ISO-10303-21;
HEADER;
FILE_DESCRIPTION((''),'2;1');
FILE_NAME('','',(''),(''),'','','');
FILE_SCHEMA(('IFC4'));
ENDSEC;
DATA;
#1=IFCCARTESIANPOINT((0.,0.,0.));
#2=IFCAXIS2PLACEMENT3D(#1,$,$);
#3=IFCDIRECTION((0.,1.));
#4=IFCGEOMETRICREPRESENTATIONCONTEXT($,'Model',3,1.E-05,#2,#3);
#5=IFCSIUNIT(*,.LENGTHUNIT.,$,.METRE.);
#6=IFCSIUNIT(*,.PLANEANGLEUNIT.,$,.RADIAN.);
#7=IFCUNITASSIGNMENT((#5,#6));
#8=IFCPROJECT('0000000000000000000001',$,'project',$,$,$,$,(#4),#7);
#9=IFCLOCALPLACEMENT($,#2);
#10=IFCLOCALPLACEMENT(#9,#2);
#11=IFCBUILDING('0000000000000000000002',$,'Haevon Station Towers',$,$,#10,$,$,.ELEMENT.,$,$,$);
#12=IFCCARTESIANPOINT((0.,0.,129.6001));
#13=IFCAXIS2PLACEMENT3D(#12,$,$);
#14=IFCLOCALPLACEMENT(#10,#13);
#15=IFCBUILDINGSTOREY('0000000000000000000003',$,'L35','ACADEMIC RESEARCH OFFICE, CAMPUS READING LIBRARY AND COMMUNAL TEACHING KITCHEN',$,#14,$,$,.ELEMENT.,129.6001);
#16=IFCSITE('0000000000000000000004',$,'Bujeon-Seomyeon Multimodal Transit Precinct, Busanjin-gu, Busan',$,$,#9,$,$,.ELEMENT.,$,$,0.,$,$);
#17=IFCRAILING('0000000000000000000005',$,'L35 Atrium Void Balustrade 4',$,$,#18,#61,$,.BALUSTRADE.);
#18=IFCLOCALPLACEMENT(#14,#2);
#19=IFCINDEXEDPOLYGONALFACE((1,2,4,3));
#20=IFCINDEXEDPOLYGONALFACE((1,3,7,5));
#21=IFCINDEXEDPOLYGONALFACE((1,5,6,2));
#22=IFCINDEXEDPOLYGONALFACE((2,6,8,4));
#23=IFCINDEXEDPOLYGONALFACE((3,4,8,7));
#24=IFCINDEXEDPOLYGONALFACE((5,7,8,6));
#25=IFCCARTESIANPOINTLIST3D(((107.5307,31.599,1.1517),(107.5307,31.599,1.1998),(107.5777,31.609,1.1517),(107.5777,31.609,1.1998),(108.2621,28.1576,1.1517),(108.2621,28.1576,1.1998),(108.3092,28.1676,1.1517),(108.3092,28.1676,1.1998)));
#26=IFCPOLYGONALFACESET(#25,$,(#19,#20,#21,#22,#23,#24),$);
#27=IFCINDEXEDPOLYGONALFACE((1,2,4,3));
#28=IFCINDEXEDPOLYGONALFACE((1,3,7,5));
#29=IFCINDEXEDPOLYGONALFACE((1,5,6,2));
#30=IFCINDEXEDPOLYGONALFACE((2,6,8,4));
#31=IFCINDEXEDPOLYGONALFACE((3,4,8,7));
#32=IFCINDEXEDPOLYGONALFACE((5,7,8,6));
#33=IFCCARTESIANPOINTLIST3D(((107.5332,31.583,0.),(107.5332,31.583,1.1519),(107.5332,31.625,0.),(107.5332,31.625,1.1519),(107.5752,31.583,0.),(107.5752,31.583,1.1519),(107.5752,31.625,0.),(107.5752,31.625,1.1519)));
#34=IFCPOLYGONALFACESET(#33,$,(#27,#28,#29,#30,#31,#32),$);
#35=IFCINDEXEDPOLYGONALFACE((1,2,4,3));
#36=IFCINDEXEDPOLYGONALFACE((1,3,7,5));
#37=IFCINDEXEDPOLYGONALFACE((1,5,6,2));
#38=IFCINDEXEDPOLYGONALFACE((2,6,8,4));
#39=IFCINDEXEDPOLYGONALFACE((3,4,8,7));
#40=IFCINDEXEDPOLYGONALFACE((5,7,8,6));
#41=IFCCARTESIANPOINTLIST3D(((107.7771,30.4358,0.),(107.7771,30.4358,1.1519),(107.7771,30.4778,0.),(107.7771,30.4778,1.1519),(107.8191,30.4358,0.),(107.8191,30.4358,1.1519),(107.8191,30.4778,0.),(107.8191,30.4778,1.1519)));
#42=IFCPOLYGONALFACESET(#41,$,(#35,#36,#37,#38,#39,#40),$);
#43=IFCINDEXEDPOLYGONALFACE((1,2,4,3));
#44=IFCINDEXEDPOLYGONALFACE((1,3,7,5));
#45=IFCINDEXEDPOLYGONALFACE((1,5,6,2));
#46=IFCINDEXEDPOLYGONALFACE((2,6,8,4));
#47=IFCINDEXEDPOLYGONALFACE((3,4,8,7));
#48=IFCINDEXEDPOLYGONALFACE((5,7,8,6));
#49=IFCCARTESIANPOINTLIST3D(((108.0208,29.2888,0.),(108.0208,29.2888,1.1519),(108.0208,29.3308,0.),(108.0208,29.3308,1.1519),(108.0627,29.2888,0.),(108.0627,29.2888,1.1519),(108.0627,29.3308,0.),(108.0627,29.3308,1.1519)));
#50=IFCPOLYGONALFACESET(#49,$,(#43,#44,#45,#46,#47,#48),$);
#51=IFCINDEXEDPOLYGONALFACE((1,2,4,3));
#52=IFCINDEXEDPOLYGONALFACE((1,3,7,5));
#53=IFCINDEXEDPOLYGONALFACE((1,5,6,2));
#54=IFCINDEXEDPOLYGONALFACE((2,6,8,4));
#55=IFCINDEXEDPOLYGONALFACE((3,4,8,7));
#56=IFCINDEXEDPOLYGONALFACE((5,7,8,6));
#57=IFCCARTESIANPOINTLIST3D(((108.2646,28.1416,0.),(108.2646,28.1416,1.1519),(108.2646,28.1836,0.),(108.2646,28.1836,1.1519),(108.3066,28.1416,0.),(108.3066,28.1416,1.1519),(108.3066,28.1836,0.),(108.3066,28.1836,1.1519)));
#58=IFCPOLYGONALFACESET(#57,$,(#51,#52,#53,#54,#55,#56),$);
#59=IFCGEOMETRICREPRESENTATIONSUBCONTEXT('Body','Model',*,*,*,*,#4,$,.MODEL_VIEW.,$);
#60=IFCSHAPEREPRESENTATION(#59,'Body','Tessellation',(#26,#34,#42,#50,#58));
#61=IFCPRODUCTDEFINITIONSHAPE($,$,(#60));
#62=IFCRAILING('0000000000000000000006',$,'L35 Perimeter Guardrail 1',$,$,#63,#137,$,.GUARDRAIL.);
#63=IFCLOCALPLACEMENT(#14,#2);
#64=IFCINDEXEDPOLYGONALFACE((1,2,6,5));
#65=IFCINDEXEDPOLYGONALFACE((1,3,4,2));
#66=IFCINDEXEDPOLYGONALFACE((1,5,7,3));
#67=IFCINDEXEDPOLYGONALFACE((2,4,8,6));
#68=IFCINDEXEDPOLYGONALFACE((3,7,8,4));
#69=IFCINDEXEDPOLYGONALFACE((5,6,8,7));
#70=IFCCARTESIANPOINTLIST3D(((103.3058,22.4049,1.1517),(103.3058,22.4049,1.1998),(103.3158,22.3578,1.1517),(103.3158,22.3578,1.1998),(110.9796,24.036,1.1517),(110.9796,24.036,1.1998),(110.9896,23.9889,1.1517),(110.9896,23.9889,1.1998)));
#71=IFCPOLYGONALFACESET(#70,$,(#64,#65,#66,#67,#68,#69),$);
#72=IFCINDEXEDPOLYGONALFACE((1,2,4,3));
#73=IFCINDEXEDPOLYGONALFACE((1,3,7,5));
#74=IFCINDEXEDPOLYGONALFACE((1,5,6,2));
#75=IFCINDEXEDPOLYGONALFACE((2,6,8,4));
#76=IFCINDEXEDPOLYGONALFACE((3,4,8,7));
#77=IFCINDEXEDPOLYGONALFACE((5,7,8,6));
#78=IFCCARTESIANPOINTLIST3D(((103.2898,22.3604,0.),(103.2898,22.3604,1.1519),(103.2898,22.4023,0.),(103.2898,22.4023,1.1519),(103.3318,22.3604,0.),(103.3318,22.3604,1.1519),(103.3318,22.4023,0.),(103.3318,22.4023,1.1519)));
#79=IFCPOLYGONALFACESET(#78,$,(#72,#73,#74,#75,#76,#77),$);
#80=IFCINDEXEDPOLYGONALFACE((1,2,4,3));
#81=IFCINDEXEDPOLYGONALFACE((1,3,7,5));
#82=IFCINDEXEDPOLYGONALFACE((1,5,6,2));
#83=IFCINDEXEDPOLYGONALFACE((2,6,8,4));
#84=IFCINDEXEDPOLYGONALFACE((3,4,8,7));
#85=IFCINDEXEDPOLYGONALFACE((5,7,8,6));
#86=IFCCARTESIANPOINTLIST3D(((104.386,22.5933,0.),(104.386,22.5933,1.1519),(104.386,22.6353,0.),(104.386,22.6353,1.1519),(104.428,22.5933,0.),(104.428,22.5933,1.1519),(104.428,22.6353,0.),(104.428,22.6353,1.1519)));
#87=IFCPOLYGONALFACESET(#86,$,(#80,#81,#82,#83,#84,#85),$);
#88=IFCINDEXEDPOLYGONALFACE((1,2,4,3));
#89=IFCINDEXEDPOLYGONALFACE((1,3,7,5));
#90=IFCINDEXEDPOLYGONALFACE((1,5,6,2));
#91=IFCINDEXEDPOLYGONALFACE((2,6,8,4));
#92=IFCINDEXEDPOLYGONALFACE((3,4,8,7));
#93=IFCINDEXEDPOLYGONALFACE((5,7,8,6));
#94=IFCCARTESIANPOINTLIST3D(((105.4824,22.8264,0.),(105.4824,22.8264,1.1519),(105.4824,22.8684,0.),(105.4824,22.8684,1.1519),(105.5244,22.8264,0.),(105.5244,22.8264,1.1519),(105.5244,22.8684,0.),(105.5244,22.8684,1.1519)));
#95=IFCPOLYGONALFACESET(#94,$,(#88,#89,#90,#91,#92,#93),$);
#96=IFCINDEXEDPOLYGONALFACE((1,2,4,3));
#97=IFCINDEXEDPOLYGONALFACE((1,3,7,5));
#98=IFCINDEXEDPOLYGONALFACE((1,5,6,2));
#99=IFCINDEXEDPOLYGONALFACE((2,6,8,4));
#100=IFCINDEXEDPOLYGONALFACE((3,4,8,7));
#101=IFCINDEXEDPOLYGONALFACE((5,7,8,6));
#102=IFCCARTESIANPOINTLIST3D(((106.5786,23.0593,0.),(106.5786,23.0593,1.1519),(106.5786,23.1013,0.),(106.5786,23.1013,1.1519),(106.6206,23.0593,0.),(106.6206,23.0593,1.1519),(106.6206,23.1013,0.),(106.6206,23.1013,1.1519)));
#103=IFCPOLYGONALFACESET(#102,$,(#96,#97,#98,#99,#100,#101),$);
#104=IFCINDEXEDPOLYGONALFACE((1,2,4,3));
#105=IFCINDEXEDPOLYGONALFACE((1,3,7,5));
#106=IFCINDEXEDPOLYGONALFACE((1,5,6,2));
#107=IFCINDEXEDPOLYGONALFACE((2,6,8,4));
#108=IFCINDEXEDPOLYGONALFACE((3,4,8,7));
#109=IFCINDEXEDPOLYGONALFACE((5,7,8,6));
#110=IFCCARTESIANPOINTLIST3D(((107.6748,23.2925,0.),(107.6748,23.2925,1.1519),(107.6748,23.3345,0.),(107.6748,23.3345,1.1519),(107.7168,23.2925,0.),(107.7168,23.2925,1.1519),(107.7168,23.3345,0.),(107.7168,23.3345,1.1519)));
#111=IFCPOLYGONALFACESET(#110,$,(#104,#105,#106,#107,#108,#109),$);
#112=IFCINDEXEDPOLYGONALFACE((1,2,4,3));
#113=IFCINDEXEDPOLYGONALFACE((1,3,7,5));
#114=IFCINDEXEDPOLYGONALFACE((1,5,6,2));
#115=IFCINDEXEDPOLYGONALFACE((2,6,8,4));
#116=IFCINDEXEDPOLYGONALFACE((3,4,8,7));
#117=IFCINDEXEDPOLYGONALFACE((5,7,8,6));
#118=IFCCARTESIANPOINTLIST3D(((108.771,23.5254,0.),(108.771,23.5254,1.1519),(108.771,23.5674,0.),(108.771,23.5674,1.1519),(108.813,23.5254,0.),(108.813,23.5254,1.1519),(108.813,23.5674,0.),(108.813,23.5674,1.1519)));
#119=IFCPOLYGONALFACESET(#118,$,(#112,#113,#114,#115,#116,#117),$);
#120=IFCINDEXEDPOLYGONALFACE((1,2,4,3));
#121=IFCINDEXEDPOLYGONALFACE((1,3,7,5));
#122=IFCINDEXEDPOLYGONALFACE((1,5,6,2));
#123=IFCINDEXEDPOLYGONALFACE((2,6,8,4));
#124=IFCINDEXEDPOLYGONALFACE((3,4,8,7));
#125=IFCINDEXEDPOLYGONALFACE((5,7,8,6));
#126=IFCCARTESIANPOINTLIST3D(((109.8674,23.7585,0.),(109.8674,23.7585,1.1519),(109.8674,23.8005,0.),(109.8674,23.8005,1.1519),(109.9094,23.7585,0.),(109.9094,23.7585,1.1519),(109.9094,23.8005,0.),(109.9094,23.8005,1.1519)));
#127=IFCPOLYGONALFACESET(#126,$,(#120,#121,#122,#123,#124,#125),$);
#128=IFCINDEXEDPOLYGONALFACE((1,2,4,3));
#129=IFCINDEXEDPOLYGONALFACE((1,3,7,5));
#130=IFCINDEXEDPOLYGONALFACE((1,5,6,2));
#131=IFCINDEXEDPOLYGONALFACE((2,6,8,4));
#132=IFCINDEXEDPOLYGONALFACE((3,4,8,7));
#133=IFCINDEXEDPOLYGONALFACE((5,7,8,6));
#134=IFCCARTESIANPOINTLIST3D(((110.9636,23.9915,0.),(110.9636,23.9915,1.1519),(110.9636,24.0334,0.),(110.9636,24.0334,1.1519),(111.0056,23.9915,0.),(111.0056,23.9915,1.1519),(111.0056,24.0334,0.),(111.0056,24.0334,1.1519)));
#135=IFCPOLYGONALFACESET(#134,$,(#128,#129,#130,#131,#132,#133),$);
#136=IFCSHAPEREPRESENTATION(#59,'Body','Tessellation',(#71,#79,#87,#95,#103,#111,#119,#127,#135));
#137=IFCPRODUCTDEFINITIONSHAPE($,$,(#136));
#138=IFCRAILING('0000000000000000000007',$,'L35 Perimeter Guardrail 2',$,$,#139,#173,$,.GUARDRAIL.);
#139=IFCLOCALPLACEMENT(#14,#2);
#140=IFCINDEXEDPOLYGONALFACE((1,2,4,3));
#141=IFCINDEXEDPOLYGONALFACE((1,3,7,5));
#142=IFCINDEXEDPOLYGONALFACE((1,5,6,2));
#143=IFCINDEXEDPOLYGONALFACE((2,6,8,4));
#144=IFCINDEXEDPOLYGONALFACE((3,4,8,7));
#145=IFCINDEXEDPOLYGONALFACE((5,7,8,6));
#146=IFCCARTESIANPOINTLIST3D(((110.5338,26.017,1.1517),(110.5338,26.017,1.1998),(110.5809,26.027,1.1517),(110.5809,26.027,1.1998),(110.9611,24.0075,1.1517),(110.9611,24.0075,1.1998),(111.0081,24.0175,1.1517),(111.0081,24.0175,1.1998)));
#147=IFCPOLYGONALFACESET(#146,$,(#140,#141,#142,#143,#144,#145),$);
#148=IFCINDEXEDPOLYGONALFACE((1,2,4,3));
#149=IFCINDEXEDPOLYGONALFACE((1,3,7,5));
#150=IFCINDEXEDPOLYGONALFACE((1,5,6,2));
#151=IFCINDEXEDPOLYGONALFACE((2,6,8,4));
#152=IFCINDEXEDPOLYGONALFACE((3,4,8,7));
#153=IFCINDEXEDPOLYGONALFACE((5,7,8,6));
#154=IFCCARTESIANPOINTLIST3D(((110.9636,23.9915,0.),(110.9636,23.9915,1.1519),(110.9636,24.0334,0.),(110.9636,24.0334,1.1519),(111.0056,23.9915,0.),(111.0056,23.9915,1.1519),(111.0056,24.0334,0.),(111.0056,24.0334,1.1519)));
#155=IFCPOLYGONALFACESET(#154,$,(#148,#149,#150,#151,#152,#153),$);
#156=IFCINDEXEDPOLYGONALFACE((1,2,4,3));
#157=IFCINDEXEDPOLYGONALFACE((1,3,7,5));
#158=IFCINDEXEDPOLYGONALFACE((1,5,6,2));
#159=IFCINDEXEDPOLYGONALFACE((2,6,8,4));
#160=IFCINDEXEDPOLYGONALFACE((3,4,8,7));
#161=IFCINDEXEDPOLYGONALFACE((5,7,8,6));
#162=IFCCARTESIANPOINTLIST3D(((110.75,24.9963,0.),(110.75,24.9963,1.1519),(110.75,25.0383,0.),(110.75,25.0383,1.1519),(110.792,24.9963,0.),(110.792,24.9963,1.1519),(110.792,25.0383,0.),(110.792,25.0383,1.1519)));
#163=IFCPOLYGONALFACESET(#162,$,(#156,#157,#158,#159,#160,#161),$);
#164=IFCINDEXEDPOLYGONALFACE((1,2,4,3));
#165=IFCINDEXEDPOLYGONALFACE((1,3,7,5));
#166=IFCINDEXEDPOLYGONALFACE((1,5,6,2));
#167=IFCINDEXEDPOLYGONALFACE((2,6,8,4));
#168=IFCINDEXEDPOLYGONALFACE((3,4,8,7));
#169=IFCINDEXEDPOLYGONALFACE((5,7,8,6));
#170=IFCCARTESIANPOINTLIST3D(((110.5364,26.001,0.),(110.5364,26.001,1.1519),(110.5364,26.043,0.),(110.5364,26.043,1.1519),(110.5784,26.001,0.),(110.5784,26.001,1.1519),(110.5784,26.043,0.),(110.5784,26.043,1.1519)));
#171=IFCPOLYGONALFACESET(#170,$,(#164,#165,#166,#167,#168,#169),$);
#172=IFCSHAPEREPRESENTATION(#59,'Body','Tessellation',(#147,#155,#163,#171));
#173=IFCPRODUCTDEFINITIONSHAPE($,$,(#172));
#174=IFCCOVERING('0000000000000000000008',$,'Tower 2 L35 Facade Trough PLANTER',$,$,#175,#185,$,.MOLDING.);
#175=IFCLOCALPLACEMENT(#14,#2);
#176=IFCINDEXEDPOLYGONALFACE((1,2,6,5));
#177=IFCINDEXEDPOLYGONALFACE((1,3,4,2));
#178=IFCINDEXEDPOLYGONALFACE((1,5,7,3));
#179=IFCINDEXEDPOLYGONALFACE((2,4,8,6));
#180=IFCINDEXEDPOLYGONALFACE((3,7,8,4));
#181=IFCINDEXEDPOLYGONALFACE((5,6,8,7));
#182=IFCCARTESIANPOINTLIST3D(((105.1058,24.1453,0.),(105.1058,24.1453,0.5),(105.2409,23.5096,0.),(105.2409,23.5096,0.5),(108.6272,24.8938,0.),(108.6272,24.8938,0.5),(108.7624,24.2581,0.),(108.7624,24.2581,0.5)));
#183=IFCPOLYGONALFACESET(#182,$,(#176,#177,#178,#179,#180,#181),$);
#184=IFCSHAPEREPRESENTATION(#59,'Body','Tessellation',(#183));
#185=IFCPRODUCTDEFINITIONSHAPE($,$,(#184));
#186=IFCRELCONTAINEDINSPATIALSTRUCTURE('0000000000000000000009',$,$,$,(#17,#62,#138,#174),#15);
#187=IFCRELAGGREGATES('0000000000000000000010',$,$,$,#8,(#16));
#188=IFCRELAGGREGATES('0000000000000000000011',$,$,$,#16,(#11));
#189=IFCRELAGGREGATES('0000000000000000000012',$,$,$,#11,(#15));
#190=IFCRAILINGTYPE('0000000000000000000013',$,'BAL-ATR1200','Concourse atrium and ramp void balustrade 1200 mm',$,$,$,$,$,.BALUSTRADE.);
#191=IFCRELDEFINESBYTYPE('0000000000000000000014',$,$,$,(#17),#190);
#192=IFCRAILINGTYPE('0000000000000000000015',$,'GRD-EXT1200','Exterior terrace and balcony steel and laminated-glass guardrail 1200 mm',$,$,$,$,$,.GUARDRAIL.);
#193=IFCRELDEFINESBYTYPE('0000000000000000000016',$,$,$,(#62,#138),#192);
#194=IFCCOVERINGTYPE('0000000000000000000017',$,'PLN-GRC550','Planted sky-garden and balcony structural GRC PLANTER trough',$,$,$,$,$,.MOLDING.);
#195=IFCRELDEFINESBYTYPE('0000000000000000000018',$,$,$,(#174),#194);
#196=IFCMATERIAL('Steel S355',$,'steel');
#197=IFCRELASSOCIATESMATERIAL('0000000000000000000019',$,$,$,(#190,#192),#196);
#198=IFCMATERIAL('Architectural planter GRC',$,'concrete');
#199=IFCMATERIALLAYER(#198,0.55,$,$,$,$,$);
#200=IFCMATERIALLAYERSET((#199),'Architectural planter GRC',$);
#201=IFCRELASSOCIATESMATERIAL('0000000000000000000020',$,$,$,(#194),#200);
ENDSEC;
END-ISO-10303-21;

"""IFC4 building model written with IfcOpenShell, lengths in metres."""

from ifc_helpers import new_model, si_unit, direction, frame, origin, origin_2d, place, context, subcontext, project, spatial, rectangle, extrude, material, layer, layer_set, type_object, element, save


model = new_model("IFC4")

# Units and contexts
model_context = context("Model", 3, precision=1e-05, world=origin(), true_north=direction((0.0, 1.0)))
body_context = subcontext(model_context, "Body", "Model", "MODEL_VIEW")
ifc_project = project(units=[si_unit("LENGTHUNIT", "METRE"), si_unit("PLANEANGLEUNIT", "RADIAN")], contexts=[model_context])

# Site, building, storey
site_placement = place(None, origin())
site = spatial("IfcSite", under=ifc_project, at=site_placement, Name="Bujeon-Seomyeon Multimodal Transit Precinct, Busanjin-gu, Busan", CompositionType="ELEMENT", RefElevation=0.0)
building_placement = place(site_placement, origin())
building = spatial("IfcBuilding", under=site, at=building_placement, Name="Haevon Station Towers", CompositionType="ELEMENT")
storey_placement = place(building_placement, frame((0.0, 0.0, 129.6001)))
storey = spatial("IfcBuildingStorey", under=building, at=storey_placement, Name="L35", Description="ACADEMIC RESEARCH OFFICE, CAMPUS READING LIBRARY AND COMMUNAL TEACHING KITCHEN", CompositionType="ELEMENT", Elevation=129.6001)

# Shared definitions
ifc_material_1 = material(Name="Steel S355", Category="steel")

# Railings
railing_type_1 = type_object("IfcRailingType", Name="BAL-ATR1200", Description="Concourse atrium and ramp void balustrade 1200 mm", PredefinedType="BALUSTRADE", material=ifc_material_1)
railing_1_placement = place(storey_placement, frame((107.5542, 31.604, 0.0)))
element("IfcRailing", 1, at=railing_1_placement, inside=storey, type_object=railing_type_1, Name="L35 Atrium Void Balustrade 4", PredefinedType="BALUSTRADE", context=body_context, shape_type="SweptSolid", body=[
    extrude(rectangle(XDim=0.0481, YDim=0.0481, at=origin_2d()), frame((0.0, 0.0, 1.1758), z_axis=(0.207899, -0.97815, 0.0), x_axis=(0.97815, 0.207899, 0.0)), (0.0, 0.0, 1.0), 3.5183),
    extrude(rectangle(XDim=0.042, YDim=0.042, at=origin_2d()), origin(), (0.0, 0.0, 1.0), 1.1519),
    extrude(rectangle(XDim=0.042, YDim=0.042, at=origin_2d()), frame((0.2439, -1.1472, 0.0)), (0.0, 0.0, 1.0), 1.1519),
    extrude(rectangle(XDim=0.042, YDim=0.042, at=origin_2d()), frame((0.4875, -2.2942, 0.0)), (0.0, 0.0, 1.0), 1.1519),
    extrude(rectangle(XDim=0.042, YDim=0.042, at=origin_2d()), frame((0.7314, -3.4414, 0.0)), (0.0, 0.0, 1.0), 1.1519),
])
railing_type_2 = type_object("IfcRailingType", Name="GRD-EXT1200", Description="Exterior terrace and balcony steel and laminated-glass guardrail 1200 mm", PredefinedType="GUARDRAIL", material=ifc_material_1)
railing_2_placement = place(storey_placement, frame((103.3108, 22.3813, 0.0)))
element("IfcRailing", 2, at=railing_2_placement, inside=storey, type_object=railing_type_2, Name="L35 Perimeter Guardrail 1", PredefinedType="GUARDRAIL", context=body_context, shape_type="SweptSolid", body=[
    extrude(rectangle(XDim=0.0481, YDim=0.0481, at=origin_2d()), frame((0.0, 0.0, 1.1758), z_axis=(0.978148, 0.207909, 0.0), x_axis=(-0.207909, 0.978148, 0.0)), (0.0, 0.0, 1.0), 7.8452),
    extrude(rectangle(XDim=0.042, YDim=0.042, at=origin_2d()), origin(), (0.0, 0.0, 1.0), 1.1519),
    extrude(rectangle(XDim=0.042, YDim=0.042, at=origin_2d()), frame((1.0962, 0.2329, 0.0)), (0.0, 0.0, 1.0), 1.1519),
    extrude(rectangle(XDim=0.042, YDim=0.042, at=origin_2d()), frame((2.1926, 0.4661, 0.0)), (0.0, 0.0, 1.0), 1.1519),
    extrude(rectangle(XDim=0.042, YDim=0.042, at=origin_2d()), frame((3.2888, 0.699, 0.0)), (0.0, 0.0, 1.0), 1.1519),
    extrude(rectangle(XDim=0.042, YDim=0.042, at=origin_2d()), frame((4.385, 0.9321, 0.0)), (0.0, 0.0, 1.0), 1.1519),
    extrude(rectangle(XDim=0.042, YDim=0.042, at=origin_2d()), frame((5.4812, 1.165, 0.0)), (0.0, 0.0, 1.0), 1.1519),
    extrude(rectangle(XDim=0.042, YDim=0.042, at=origin_2d()), frame((6.5776, 1.3982, 0.0)), (0.0, 0.0, 1.0), 1.1519),
    extrude(rectangle(XDim=0.042, YDim=0.042, at=origin_2d()), frame((7.6738, 1.6311, 0.0)), (0.0, 0.0, 1.0), 1.1519),
])
railing_3_placement = place(storey_placement, frame((110.9846, 24.0125, 0.0)))
element("IfcRailing", 3, at=railing_3_placement, inside=storey, type_object=railing_type_2, Name="L35 Perimeter Guardrail 2", PredefinedType="GUARDRAIL", context=body_context, shape_type="SweptSolid", body=[
    extrude(rectangle(XDim=0.0481, YDim=0.0481, at=origin_2d()), frame((0.0, 0.0, 1.1758), z_axis=(-0.207963, 0.978137, 0.0), x_axis=(-0.978137, -0.207963, 0.0)), (0.0, 0.0, 1.0), 2.0544),
    extrude(rectangle(XDim=0.042, YDim=0.042, at=origin_2d()), origin(), (0.0, 0.0, 1.0), 1.1519),
    extrude(rectangle(XDim=0.042, YDim=0.042, at=origin_2d()), frame((-0.2136, 1.0049, 0.0)), (0.0, 0.0, 1.0), 1.1519),
    extrude(rectangle(XDim=0.042, YDim=0.042, at=origin_2d()), frame((-0.4272, 2.0095, 0.0)), (0.0, 0.0, 1.0), 1.1519),
])

# Covering
ifc_material_2 = material(Name="Architectural planter GRC", Category="concrete")
ifc_layer_1 = layer(ifc_material_2, 0.55)
ifc_layer_set_1 = layer_set([ifc_layer_1], Name="Architectural planter GRC")
covering_type = type_object("IfcCoveringType", Name="PLN-GRC550", Description="Planted sky-garden and balcony structural GRC PLANTER trough", PredefinedType="MOLDING", material=ifc_layer_set_1)
covering_placement = place(storey_placement, frame((106.9341, 24.2017, 0.0), z_axis=(0.0, 0.0, 1.0), x_axis=(0.978148, 0.207912, 0.0)))
element("IfcCovering", 4, at=covering_placement, inside=storey, type_object=covering_type, Name="Tower 2 L35 Facade Trough PLANTER", PredefinedType="MOLDING", context=body_context, shape_type="SweptSolid", body=[
    extrude(rectangle(XDim=3.6001, YDim=0.6499, at=origin_2d()), origin(), (0.0, 0.0, 1.0), 0.5),
])

save(model, "model.ifc")
